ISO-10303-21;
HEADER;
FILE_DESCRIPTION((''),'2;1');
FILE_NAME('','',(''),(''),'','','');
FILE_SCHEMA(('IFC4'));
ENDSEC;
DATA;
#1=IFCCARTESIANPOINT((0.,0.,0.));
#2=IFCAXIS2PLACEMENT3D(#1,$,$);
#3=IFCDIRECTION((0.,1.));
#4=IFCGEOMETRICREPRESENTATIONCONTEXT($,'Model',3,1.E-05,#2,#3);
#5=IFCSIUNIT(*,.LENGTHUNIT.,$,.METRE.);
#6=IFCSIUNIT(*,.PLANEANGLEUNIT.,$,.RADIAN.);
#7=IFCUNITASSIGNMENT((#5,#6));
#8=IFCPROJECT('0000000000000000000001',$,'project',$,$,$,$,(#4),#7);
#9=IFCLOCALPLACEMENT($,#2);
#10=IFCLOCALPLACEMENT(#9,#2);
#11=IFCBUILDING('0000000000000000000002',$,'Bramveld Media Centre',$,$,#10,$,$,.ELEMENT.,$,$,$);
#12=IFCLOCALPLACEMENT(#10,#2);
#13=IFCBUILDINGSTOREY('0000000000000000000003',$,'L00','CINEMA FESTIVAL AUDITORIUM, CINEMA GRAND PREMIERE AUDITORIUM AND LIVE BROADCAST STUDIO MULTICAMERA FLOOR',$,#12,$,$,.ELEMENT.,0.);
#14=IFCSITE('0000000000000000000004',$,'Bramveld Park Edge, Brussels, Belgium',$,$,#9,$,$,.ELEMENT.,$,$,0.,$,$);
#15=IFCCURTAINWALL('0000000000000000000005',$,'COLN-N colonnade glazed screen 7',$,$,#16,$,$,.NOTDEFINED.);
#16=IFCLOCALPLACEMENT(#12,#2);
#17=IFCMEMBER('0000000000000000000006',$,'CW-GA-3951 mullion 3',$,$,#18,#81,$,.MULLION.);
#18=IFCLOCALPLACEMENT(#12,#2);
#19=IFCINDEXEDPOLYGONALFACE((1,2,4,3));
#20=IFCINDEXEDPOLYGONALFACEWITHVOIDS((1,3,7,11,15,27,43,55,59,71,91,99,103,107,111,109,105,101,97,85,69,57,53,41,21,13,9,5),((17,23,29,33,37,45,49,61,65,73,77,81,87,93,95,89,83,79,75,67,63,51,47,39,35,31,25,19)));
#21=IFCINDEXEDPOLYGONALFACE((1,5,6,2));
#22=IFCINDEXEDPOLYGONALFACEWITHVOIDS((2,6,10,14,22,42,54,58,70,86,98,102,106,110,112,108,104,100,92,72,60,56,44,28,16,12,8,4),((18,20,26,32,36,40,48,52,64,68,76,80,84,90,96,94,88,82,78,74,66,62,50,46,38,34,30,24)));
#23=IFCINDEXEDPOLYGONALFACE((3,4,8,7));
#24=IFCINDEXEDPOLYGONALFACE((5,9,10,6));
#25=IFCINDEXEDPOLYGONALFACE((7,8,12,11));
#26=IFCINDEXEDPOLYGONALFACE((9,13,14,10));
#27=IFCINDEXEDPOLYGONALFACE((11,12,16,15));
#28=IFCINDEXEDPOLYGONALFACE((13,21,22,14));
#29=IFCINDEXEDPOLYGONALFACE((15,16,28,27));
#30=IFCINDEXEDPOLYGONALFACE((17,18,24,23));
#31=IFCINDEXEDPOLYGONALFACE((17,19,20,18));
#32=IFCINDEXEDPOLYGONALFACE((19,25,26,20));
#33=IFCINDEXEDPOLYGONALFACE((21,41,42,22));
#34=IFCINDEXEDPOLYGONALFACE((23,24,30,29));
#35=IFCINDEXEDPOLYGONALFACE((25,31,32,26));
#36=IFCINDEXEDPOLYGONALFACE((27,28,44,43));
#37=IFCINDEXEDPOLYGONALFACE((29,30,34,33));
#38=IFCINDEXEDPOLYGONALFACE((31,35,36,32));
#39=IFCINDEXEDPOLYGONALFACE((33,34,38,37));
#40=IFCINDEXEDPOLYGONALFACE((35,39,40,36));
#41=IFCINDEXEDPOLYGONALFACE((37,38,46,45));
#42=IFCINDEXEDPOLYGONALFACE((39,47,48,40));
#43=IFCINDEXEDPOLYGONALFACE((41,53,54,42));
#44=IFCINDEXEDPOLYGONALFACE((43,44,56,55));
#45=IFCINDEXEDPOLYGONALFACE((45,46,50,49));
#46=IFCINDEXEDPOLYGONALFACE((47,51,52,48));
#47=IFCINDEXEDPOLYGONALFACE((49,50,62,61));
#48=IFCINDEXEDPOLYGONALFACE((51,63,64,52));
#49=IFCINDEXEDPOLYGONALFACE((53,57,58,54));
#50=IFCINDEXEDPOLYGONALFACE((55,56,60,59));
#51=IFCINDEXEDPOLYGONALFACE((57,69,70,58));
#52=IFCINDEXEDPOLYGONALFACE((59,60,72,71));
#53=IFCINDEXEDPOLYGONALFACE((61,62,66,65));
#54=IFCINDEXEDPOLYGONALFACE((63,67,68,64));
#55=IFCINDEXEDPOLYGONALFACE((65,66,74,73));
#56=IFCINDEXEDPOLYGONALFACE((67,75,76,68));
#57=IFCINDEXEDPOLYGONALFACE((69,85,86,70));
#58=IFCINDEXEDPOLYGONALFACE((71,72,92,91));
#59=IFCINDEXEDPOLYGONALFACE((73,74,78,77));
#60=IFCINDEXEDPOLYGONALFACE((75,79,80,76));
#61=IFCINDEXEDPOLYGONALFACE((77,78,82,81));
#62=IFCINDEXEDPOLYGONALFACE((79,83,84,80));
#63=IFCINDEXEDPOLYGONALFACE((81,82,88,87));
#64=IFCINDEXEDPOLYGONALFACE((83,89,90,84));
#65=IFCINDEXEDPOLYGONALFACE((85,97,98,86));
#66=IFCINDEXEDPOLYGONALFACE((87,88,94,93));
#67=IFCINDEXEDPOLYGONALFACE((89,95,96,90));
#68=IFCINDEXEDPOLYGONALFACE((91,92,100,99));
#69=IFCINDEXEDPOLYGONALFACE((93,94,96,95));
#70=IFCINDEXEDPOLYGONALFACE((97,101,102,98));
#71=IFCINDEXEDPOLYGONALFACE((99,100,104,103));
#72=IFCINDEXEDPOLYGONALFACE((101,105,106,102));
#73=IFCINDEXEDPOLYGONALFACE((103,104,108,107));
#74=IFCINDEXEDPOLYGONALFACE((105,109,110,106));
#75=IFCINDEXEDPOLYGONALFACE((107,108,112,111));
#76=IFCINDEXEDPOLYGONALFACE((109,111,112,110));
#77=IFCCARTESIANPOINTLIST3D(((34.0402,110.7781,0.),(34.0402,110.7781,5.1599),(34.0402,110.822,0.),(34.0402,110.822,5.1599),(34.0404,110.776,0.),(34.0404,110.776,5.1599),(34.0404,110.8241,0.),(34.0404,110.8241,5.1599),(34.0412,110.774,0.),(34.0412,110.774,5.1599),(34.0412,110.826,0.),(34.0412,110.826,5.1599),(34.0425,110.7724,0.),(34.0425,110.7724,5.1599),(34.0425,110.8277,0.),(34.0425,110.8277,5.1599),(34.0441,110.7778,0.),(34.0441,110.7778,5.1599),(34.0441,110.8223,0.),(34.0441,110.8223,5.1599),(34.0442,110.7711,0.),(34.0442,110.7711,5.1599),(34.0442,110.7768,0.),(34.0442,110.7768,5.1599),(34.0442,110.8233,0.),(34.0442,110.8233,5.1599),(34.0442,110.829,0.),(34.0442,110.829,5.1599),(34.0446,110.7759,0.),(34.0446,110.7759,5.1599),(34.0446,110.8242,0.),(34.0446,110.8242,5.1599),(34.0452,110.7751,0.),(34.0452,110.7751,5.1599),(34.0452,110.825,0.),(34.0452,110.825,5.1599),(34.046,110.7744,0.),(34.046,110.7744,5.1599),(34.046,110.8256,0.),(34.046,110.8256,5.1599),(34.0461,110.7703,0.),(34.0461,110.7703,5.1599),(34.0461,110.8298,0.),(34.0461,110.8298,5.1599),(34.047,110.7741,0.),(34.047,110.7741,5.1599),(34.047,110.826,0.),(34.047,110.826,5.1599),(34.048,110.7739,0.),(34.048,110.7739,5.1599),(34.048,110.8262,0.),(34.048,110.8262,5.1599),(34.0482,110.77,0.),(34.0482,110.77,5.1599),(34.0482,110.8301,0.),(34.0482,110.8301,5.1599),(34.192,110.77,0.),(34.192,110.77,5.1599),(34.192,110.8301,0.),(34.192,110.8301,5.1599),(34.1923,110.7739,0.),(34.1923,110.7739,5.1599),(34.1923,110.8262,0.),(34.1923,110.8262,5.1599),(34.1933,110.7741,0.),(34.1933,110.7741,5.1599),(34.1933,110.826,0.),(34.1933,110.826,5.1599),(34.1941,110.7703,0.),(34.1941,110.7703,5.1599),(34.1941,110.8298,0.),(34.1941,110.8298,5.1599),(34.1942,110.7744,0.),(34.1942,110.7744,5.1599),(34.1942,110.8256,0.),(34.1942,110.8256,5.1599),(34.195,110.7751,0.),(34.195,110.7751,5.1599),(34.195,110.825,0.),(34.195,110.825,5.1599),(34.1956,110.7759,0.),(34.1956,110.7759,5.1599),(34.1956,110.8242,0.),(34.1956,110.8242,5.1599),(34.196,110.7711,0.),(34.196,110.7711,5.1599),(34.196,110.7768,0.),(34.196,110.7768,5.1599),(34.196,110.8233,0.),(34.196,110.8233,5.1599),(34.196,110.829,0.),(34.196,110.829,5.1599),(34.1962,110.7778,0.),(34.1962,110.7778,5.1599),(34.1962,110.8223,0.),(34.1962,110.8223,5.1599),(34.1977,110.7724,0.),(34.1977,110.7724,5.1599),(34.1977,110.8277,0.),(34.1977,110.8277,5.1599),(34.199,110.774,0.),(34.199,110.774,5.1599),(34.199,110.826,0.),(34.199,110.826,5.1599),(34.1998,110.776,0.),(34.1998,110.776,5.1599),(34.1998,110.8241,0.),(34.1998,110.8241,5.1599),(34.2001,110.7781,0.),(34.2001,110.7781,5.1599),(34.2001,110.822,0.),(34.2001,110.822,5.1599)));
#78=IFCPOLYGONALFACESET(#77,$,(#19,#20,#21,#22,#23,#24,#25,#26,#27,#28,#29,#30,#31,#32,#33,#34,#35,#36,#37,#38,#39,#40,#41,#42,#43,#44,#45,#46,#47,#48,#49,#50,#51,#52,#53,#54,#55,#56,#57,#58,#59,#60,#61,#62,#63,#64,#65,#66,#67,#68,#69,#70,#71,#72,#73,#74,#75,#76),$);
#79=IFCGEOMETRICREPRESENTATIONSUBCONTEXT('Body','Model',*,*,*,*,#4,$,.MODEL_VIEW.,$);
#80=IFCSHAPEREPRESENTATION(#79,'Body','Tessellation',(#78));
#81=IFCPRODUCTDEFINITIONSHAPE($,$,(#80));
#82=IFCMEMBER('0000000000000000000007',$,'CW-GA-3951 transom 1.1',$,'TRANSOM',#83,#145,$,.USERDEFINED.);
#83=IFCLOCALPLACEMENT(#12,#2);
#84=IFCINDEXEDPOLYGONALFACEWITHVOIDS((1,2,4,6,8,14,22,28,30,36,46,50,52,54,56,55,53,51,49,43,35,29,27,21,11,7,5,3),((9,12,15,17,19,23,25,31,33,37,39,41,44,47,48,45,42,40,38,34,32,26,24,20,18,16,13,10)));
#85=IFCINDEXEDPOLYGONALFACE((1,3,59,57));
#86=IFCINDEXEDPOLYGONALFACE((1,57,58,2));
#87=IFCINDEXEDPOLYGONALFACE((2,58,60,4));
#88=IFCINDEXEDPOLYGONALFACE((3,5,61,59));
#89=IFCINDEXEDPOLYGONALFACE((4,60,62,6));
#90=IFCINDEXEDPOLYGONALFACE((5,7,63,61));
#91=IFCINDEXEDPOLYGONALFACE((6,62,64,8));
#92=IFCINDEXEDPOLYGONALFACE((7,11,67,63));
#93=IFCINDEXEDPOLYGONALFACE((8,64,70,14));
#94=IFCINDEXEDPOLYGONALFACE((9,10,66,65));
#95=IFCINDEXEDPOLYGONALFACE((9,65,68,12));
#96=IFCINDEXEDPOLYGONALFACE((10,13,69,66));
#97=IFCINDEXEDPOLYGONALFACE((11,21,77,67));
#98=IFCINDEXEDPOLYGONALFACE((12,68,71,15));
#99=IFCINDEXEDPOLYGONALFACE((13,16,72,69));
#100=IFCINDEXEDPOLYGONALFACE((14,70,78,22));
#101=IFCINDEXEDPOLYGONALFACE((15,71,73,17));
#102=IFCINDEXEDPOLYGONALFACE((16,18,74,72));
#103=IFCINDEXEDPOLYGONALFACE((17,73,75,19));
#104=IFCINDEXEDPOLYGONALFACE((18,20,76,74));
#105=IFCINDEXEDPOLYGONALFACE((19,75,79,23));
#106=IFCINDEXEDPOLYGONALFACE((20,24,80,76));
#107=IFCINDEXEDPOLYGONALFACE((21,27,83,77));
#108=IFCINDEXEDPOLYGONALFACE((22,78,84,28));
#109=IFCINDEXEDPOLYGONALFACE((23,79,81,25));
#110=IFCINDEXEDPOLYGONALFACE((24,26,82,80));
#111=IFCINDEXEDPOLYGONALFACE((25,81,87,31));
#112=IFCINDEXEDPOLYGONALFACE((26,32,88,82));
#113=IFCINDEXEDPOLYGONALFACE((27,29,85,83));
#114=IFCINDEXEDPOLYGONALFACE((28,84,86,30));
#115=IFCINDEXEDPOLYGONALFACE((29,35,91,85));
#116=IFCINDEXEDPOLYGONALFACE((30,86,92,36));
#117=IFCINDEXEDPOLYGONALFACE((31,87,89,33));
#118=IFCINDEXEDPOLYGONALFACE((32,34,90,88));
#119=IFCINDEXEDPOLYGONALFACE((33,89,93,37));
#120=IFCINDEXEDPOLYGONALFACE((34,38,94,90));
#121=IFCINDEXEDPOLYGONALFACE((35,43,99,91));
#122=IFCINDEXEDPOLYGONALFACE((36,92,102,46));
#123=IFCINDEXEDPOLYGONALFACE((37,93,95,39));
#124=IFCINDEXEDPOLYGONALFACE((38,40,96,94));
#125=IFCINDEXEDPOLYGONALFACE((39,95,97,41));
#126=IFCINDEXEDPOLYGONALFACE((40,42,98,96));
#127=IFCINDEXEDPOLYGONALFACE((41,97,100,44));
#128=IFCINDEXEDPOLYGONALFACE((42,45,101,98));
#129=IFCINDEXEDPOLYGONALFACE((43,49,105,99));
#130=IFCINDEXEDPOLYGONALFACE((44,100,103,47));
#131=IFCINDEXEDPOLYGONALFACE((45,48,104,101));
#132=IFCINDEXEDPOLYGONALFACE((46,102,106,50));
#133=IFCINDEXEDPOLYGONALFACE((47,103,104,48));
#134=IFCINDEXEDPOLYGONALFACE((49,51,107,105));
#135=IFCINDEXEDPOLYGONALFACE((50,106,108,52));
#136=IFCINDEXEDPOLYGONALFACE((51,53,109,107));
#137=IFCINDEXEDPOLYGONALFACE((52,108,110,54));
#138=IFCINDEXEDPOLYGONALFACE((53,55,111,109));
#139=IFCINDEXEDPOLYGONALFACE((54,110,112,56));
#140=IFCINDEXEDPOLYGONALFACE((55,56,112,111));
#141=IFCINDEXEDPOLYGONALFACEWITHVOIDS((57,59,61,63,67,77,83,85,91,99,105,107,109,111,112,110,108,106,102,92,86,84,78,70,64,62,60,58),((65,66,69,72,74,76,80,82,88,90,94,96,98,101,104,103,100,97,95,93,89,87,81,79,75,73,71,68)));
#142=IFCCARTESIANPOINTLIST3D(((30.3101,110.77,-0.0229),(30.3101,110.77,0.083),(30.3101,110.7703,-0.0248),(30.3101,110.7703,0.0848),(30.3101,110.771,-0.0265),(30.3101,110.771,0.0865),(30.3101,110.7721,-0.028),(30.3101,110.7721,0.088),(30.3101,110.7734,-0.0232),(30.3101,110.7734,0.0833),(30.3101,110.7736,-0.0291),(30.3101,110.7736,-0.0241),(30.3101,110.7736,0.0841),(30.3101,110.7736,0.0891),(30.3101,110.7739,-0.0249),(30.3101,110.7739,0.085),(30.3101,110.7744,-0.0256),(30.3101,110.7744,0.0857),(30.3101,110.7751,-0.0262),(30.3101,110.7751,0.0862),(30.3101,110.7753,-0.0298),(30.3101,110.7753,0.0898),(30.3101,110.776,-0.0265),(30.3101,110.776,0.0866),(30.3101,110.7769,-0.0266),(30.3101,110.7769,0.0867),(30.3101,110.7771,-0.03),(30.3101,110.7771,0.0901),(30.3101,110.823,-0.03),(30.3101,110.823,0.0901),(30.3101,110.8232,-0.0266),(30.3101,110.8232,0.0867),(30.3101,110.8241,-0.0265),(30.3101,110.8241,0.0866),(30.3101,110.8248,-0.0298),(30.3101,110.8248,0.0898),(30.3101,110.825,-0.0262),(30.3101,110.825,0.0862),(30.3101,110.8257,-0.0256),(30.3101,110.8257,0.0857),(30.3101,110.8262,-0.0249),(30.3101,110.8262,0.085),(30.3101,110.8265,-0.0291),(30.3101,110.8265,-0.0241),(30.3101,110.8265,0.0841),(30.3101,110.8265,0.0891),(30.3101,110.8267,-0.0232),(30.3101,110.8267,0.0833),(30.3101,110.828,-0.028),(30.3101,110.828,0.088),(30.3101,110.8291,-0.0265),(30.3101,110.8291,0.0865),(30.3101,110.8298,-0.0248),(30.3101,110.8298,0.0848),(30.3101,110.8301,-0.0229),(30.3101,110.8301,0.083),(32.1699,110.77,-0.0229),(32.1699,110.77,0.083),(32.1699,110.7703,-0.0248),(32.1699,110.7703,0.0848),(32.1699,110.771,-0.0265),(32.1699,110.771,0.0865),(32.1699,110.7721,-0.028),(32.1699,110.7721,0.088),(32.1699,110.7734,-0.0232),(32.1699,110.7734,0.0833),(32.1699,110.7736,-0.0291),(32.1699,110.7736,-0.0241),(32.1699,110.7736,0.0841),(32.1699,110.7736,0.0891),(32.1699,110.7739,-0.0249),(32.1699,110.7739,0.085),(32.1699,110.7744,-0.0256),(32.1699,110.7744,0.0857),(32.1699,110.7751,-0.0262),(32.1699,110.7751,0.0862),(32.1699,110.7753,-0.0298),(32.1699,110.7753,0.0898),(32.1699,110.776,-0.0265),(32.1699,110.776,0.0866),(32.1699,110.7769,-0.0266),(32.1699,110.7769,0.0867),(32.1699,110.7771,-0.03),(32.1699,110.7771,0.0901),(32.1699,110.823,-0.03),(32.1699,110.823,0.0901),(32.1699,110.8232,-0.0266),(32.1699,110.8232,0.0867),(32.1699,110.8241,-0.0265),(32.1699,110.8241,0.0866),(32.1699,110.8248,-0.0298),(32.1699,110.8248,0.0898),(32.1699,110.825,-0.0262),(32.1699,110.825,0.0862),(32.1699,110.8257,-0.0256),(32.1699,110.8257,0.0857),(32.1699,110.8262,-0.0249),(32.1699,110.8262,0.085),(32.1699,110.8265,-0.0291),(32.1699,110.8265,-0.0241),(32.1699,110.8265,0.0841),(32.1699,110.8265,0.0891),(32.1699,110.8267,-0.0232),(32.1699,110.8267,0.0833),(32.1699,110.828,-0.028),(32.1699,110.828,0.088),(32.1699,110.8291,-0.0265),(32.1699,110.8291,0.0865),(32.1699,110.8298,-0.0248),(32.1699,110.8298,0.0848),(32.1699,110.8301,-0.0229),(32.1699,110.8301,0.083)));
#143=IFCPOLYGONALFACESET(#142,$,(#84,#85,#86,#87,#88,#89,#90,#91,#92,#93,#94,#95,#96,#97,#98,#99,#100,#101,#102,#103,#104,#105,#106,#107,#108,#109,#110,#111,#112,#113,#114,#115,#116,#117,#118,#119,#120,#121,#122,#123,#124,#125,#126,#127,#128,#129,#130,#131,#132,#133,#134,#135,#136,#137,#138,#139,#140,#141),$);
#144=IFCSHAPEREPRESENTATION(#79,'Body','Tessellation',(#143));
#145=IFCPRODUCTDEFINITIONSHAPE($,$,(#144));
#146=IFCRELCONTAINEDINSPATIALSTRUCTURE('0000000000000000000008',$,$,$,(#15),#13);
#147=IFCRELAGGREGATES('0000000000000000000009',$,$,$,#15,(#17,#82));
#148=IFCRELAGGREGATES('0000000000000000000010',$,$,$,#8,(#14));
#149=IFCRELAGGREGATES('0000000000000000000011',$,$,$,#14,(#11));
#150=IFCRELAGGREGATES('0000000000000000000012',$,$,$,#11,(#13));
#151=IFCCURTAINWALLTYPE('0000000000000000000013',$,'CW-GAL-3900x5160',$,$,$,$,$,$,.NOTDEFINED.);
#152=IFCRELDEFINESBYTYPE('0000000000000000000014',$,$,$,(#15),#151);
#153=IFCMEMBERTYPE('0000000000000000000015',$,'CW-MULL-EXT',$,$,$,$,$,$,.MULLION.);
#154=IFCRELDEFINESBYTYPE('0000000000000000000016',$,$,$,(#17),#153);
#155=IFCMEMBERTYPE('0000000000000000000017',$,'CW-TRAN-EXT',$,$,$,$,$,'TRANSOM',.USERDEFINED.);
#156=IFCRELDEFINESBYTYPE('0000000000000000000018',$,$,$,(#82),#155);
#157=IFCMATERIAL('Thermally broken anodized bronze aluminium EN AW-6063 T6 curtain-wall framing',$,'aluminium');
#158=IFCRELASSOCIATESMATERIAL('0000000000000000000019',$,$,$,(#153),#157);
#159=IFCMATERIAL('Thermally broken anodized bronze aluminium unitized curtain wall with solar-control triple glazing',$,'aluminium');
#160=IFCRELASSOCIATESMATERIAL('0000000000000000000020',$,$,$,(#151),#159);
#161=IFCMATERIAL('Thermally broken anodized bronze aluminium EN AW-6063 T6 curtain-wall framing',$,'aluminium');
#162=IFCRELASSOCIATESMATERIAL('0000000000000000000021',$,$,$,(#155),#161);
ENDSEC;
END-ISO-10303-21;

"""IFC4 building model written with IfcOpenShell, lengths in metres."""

from ifc_helpers import new_model, si_unit, direction, frame, origin, origin_2d, place, context, subcontext, project, spatial, hollow_rectangle, extrude, material, material_profile, profile_set, type_object, element, aggregate, save


model = new_model("IFC4")

# Units and contexts
model_context = context("Model", 3, precision=1e-05, world=origin(), true_north=direction((0.0, 1.0)))
body_context = subcontext(model_context, "Body", "Model", "MODEL_VIEW")
ifc_project = project(units=[si_unit("LENGTHUNIT", "METRE"), si_unit("PLANEANGLEUNIT", "RADIAN")], contexts=[model_context])

# Site, building, storey
site_placement = place(None, origin())
site = spatial("IfcSite", under=ifc_project, at=site_placement, Name="Bramveld Park Edge, Brussels, Belgium", CompositionType="ELEMENT", RefElevation=0.0)
building_placement = place(site_placement, origin())
building = spatial("IfcBuilding", under=site, at=building_placement, Name="Bramveld Media Centre", CompositionType="ELEMENT")
storey_placement = place(building_placement, origin())
storey = spatial("IfcBuildingStorey", under=building, at=storey_placement, Name="L00", Description="CINEMA FESTIVAL AUDITORIUM, CINEMA GRAND PREMIERE AUDITORIUM AND LIVE BROADCAST STUDIO MULTICAMERA FLOOR", CompositionType="ELEMENT", Elevation=0.0)

# Shared definitions
ifc_material_1 = material(Name="Thermally broken anodized bronze aluminium EN AW-6063 T6 curtain-wall framing", Category="aluminium")
ifc_material_profile_1 = material_profile(ifc_material_1, hollow_rectangle(XDim=0.0601, YDim=0.1599, WallThickness=0.0039, InnerFilletRadius=0.0039, OuterFilletRadius=0.0081, at=origin_2d()), Name="AL-MULL 60x160")
ifc_profile_set_1 = profile_set([ifc_material_profile_1], Name="Thermally broken anodized bronze aluminium EN AW-6063 T6 curtain-wall framing")
member_type_1 = type_object("IfcMemberType", Name="CW-MULL-EXT", PredefinedType="MULLION", material=ifc_profile_set_1)

# Curtain wall, members
ifc_material_2 = material(Name="Thermally broken anodized bronze aluminium unitized curtain wall with solar-control triple glazing", Category="aluminium")
curtain_wall_type_1 = type_object("IfcCurtainWallType", Name="CW-GAL-3900x5160", PredefinedType="NOTDEFINED", material=ifc_material_2)
curtain_wall_1_placement = place(storey_placement, origin())
curtain_wall_1 = element("IfcCurtainWall", 1, at=curtain_wall_1_placement, inside=storey, type_object=curtain_wall_type_1, Name="COLN-N colonnade glazed screen 7", PredefinedType="NOTDEFINED")
member_1_placement = place(storey_placement, frame((34.1201, 110.8, 0.0), z_axis=(0.0, 0.0, 1.0), x_axis=(0.0, 1.0, 0.0)))
member_1 = element("IfcMember", 2, at=member_1_placement, type_object=member_type_1, Name="CW-GA-3951 mullion 3", PredefinedType="MULLION", context=body_context, shape_type="SweptSolid", body=[
    extrude(hollow_rectangle(XDim=0.0601, YDim=0.1599, WallThickness=0.0039, InnerFilletRadius=0.0039, OuterFilletRadius=0.0081, at=origin_2d()), origin(), (0.0, 0.0, 1.0), 5.1599),
])
ifc_material_3 = material(Name="Thermally broken anodized bronze aluminium EN AW-6063 T6 curtain-wall framing", Category="aluminium")
ifc_material_profile_2 = material_profile(ifc_material_3, hollow_rectangle(XDim=0.0601, YDim=0.1201, WallThickness=0.0034, InnerFilletRadius=0.0034, OuterFilletRadius=0.0071, at=origin_2d()), Name="AL-TRAN 60x120")
ifc_profile_set_2 = profile_set([ifc_material_profile_2], Name="Thermally broken anodized bronze aluminium EN AW-6063 T6 curtain-wall framing")
member_type_2 = type_object("IfcMemberType", Name="CW-TRAN-EXT", ElementType="TRANSOM", PredefinedType="USERDEFINED", material=ifc_profile_set_2)
member_2_placement = place(storey_placement, frame((30.3101, 110.8, 0.03), z_axis=(1.0, 0.0, 0.0), x_axis=(0.0, 1.0, 0.0)))
member_2 = element("IfcMember", 3, at=member_2_placement, type_object=member_type_2, Name="CW-GA-3951 transom 1.1", ObjectType="TRANSOM", PredefinedType="USERDEFINED", context=body_context, shape_type="SweptSolid", body=[
    extrude(hollow_rectangle(XDim=0.0601, YDim=0.1201, WallThickness=0.0034, InnerFilletRadius=0.0034, OuterFilletRadius=0.0071, at=origin_2d()), origin(), (0.0, 0.0, 1.0), 1.8599),
])

aggregate(curtain_wall_1, [member_1, member_2])

save(model, "model.ifc")
